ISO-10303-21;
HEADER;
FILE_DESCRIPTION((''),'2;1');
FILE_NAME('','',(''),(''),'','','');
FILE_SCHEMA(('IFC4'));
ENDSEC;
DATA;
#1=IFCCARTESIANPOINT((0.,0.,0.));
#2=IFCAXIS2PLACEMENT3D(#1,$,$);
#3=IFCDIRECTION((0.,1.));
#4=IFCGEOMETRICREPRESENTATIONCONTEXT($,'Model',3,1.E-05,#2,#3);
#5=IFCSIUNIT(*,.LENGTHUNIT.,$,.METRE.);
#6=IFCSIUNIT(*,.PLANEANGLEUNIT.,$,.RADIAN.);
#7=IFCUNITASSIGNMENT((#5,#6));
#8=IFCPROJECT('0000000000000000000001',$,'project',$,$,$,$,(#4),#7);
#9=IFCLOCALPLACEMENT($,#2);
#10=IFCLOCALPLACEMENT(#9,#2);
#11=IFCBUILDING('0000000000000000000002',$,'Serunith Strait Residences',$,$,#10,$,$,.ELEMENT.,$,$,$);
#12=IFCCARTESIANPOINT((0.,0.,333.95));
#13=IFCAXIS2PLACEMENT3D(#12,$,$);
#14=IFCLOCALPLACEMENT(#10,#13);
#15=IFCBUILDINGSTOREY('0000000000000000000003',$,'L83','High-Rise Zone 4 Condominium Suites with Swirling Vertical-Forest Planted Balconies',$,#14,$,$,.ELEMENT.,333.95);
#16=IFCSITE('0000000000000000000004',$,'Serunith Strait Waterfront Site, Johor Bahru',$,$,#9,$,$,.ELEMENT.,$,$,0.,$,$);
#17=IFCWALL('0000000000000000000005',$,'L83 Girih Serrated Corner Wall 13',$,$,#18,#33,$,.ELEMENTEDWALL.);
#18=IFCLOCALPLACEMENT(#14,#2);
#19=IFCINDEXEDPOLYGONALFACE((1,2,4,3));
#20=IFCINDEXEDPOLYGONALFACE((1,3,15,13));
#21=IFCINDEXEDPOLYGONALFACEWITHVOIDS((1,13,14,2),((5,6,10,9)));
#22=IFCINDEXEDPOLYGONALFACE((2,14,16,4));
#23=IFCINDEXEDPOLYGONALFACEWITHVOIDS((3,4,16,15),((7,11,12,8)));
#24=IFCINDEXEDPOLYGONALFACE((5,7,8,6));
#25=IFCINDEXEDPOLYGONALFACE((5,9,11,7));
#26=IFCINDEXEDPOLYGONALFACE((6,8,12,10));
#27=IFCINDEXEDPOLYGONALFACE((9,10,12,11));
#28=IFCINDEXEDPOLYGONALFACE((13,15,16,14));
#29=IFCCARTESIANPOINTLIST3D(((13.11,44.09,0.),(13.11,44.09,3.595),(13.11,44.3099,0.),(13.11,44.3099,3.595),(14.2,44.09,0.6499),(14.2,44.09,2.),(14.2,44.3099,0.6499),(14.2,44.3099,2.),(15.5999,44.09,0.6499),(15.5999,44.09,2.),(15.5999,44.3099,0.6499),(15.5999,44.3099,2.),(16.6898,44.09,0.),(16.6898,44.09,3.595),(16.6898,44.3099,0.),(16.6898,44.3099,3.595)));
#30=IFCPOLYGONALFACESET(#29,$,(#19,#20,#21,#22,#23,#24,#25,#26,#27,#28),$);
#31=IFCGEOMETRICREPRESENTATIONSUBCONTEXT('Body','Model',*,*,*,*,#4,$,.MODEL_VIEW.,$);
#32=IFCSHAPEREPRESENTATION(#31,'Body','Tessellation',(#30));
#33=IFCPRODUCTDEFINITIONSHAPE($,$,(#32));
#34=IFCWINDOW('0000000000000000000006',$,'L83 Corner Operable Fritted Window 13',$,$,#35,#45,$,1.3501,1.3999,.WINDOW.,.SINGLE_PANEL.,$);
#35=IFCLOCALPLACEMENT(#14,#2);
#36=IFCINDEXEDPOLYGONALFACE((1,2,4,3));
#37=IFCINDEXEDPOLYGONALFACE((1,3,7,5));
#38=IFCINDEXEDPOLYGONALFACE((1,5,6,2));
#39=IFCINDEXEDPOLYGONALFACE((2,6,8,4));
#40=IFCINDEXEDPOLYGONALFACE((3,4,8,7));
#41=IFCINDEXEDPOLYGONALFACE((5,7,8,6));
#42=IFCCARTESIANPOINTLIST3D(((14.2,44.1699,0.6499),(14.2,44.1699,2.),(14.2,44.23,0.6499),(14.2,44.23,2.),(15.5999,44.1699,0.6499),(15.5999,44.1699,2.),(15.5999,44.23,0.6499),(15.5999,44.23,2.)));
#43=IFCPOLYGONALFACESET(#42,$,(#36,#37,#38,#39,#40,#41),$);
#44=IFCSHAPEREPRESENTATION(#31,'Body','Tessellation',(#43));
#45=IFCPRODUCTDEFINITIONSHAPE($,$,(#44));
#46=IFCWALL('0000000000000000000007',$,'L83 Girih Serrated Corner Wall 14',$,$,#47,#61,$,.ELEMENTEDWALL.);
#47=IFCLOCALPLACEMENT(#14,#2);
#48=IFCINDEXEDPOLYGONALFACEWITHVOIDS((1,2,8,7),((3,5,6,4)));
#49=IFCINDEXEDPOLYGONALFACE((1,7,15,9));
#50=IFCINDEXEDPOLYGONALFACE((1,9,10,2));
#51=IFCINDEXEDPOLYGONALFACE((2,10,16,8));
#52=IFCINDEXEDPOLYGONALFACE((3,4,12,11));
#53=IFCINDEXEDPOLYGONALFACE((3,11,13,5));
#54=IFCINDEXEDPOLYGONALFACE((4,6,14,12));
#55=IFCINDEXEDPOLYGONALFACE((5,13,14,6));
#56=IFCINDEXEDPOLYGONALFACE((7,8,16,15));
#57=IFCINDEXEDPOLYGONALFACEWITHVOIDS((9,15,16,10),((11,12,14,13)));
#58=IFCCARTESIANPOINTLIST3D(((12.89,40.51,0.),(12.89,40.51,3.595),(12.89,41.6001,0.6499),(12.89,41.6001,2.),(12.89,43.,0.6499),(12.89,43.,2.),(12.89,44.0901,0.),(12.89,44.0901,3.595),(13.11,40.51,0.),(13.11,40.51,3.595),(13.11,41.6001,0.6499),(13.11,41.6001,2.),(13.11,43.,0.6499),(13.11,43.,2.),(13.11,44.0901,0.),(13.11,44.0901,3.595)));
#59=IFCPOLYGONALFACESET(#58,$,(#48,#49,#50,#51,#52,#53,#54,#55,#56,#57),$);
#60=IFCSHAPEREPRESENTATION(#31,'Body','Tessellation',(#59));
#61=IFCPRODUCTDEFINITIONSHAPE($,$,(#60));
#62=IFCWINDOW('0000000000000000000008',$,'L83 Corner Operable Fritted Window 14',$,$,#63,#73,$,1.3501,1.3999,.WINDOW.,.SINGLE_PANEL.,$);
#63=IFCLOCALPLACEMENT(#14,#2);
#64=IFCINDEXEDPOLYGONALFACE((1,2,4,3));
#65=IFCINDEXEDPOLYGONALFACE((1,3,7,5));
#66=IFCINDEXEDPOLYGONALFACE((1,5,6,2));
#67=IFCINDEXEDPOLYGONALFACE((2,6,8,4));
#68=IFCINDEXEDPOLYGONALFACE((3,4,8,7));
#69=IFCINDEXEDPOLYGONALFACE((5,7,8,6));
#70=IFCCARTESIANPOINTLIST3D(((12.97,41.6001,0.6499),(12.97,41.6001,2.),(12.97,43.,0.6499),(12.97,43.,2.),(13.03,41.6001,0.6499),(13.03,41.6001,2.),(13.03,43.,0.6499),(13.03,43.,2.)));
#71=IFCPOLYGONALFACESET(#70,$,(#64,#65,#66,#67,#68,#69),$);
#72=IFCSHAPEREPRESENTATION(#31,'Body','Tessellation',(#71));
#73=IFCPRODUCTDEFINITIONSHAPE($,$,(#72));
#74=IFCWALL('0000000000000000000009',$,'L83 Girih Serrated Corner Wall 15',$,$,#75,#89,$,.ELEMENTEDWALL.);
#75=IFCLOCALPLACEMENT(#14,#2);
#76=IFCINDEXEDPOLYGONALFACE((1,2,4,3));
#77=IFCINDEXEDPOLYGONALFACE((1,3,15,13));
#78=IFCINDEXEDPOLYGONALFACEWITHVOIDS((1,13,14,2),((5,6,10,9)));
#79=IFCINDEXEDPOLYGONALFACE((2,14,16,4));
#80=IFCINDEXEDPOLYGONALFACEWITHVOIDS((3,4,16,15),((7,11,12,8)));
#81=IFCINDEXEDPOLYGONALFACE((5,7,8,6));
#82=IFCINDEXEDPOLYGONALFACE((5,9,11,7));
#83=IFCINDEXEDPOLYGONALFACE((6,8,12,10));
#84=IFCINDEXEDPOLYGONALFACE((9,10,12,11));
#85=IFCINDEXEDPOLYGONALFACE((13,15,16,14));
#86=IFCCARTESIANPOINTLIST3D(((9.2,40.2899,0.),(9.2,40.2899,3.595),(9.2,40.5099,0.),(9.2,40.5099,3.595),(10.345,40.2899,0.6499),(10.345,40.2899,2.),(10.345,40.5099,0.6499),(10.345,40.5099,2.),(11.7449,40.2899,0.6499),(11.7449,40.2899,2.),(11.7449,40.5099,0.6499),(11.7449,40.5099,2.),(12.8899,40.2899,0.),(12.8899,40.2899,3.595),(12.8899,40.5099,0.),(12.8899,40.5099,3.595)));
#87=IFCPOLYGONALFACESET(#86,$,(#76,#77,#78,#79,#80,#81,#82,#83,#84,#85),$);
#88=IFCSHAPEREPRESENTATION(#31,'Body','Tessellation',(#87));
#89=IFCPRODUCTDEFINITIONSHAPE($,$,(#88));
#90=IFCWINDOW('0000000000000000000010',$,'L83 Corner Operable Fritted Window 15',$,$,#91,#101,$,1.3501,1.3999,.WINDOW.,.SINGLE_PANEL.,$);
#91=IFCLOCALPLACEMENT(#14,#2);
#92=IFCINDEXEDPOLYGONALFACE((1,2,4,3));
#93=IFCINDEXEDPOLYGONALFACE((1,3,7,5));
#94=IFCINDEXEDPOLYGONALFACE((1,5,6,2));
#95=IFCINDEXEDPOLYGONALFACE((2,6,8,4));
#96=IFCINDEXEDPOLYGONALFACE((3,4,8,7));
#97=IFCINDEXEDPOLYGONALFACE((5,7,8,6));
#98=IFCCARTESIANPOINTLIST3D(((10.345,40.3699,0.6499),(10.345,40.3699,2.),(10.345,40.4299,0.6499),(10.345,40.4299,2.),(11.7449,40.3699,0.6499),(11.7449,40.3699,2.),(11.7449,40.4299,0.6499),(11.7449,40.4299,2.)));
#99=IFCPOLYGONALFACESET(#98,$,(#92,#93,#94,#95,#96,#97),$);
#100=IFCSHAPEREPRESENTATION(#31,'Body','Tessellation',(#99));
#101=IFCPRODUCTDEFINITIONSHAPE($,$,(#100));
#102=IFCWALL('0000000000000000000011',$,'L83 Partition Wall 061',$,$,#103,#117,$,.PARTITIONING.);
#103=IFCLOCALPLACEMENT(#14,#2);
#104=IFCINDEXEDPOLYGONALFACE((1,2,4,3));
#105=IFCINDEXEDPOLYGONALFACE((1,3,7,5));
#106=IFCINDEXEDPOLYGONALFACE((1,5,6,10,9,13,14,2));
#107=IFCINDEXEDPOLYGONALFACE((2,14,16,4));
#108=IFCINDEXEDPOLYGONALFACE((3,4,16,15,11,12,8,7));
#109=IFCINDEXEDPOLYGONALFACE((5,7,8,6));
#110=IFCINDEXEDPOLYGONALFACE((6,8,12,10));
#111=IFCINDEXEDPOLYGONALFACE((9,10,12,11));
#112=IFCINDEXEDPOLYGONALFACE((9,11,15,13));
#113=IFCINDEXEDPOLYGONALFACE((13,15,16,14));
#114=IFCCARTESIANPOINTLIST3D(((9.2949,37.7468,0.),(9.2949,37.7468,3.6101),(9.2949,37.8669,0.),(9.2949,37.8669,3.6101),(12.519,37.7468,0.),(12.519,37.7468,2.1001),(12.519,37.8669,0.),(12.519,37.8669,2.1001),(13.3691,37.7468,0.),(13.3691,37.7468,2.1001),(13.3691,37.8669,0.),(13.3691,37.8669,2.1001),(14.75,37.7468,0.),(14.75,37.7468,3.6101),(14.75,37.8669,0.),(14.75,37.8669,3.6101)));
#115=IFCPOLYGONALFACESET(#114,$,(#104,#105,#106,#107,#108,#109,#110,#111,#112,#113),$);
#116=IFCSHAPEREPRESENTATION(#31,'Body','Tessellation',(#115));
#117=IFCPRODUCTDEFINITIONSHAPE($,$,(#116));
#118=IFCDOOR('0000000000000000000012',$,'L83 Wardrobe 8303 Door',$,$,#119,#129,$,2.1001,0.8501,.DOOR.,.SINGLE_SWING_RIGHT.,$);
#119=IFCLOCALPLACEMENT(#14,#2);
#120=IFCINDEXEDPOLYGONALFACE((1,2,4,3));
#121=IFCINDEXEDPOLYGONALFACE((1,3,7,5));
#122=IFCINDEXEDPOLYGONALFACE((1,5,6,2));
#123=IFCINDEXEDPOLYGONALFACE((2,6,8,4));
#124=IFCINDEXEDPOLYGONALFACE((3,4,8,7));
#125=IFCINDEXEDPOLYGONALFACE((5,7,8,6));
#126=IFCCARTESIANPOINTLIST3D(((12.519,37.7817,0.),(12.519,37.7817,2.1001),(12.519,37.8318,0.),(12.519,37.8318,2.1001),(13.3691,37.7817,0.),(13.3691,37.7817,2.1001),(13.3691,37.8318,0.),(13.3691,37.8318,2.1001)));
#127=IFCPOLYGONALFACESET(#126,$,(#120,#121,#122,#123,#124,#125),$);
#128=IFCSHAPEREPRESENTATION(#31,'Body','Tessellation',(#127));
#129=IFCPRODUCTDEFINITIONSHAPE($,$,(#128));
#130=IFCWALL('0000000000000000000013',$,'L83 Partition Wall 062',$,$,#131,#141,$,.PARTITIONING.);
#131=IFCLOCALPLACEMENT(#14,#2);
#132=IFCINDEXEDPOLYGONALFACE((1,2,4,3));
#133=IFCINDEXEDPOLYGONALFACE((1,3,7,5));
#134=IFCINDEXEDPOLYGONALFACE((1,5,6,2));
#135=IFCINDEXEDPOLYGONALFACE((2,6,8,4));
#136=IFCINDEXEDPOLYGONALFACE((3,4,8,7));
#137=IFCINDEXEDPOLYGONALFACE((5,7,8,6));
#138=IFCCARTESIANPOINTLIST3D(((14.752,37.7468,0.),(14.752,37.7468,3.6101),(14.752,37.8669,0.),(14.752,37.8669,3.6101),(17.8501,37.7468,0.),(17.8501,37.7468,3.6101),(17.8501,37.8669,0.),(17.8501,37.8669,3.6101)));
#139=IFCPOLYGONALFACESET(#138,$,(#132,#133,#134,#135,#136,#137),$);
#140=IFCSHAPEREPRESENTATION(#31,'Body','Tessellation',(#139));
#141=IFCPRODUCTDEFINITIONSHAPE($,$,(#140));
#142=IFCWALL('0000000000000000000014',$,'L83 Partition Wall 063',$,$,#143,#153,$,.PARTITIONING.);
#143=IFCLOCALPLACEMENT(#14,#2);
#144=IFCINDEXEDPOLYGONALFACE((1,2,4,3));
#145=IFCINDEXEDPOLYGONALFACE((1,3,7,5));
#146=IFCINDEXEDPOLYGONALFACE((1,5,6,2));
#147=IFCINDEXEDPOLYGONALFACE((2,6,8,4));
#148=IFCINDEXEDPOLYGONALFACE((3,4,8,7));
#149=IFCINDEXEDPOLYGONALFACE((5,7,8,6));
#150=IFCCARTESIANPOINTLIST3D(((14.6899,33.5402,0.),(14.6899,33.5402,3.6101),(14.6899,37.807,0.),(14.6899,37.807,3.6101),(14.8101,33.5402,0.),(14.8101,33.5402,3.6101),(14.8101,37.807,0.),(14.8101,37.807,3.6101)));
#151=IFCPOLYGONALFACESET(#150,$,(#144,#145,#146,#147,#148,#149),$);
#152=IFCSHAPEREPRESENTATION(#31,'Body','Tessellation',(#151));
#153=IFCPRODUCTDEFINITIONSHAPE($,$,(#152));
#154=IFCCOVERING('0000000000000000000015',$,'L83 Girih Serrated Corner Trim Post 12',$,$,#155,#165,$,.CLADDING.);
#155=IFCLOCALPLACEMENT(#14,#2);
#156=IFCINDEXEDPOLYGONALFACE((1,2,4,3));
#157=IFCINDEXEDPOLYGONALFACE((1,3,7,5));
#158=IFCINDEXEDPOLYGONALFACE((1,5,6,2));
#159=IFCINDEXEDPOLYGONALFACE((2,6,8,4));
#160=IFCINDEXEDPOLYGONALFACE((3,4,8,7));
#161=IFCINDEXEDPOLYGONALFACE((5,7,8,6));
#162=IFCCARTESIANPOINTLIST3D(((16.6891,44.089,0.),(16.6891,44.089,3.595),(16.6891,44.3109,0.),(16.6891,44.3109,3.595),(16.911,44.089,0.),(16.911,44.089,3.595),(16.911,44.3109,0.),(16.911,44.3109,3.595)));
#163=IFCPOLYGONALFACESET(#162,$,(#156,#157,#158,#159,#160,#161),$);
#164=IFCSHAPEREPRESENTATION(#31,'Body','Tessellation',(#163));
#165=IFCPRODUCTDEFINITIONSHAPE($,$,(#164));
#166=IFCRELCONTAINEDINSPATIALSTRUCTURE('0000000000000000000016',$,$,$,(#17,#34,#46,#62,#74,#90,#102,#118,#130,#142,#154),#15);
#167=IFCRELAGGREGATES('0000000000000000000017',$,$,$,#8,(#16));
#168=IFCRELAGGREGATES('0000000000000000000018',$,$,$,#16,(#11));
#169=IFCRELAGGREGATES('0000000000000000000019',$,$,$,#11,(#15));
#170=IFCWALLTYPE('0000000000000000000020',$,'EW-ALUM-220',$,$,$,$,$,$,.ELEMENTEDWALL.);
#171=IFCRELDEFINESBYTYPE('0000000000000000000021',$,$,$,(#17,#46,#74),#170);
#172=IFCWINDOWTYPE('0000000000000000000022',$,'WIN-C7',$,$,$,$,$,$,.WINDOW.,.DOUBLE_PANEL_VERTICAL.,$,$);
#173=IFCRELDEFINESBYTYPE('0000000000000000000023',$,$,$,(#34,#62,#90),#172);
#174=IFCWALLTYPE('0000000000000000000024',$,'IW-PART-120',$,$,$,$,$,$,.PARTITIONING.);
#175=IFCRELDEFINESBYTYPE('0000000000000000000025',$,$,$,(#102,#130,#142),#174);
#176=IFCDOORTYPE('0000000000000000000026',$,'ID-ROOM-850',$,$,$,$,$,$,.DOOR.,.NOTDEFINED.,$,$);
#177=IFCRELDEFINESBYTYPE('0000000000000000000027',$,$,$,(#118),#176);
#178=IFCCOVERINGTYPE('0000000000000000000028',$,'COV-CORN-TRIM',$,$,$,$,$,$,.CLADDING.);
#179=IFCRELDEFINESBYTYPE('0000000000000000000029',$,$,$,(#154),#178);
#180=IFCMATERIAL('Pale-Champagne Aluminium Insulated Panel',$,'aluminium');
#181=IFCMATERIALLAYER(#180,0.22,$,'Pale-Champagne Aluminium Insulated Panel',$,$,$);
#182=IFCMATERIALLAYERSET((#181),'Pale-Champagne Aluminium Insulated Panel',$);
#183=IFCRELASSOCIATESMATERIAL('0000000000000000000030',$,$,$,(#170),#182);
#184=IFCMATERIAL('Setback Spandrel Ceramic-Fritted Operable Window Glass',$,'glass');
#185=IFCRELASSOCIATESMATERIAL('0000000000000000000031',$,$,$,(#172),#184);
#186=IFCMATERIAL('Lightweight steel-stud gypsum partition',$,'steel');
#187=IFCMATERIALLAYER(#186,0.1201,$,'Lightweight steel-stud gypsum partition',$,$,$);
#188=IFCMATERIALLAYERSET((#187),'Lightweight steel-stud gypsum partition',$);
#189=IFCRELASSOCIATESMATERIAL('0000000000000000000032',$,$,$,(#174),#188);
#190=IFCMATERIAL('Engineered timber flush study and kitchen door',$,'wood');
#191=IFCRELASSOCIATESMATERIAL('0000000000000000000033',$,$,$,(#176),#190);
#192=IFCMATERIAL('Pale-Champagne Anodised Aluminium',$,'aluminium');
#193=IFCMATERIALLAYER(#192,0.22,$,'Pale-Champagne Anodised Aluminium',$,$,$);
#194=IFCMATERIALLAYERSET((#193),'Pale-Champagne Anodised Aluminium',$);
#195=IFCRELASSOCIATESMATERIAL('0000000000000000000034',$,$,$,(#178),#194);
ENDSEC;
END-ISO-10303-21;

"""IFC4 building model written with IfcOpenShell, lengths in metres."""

from ifc_helpers import new_model, si_unit, direction, frame, frame_2d, origin, origin_2d, place, context, subcontext, project, spatial, rectangle, extrude, source, transform, mapped, material, layer, layer_set, type_object, element, fill, save


model = new_model("IFC4")

# Units and contexts
model_context = context("Model", 3, precision=1e-05, world=origin(), true_north=direction((0.0, 1.0)))
body_context = subcontext(model_context, "Body", "Model", "MODEL_VIEW")
ifc_project = project(units=[si_unit("LENGTHUNIT", "METRE"), si_unit("PLANEANGLEUNIT", "RADIAN")], contexts=[model_context])

# Site, building, storey
site_placement = place(None, origin())
site = spatial("IfcSite", under=ifc_project, at=site_placement, Name="Serunith Strait Waterfront Site, Johor Bahru", CompositionType="ELEMENT", RefElevation=0.0)
building_placement = place(site_placement, origin())
building = spatial("IfcBuilding", under=site, at=building_placement, Name="Serunith Strait Residences", CompositionType="ELEMENT")
storey_placement = place(building_placement, frame((0.0, 0.0, 333.95)))
storey = spatial("IfcBuildingStorey", under=building, at=storey_placement, Name="L83", Description="High-Rise Zone 4 Condominium Suites with Swirling Vertical-Forest Planted Balconies", CompositionType="ELEMENT", Elevation=333.95)

# Walls, openings, windows
ifc_material_1 = material(Name="Pale-Champagne Aluminium Insulated Panel", Category="aluminium")
ifc_layer_1 = layer(ifc_material_1, 0.22, Name="Pale-Champagne Aluminium Insulated Panel")
ifc_layer_set_1 = layer_set([ifc_layer_1], Name="Pale-Champagne Aluminium Insulated Panel")
wall_type_1 = type_object("IfcWallType", Name="EW-ALUM-220", PredefinedType="ELEMENTEDWALL", material=ifc_layer_set_1)
ifc_material_2 = material(Name="Setback Spandrel Ceramic-Fritted Operable Window Glass", Category="glass")
window_type = type_object("IfcWindowType", Name="WIN-C7", PartitioningType="DOUBLE_PANEL_VERTICAL", PredefinedType="WINDOW", material=ifc_material_2)
shared_shape_1 = source(origin(), body_context, "Body", "SweptSolid", [
    extrude(rectangle(XDim=1.3999, YDim=1.3501, at=frame_2d((0.7, 0.675))), frame((0.0, 0.03, 0.0), z_axis=(0.0, -1.0, 0.0), x_axis=(1.0, 0.0, 0.0)), (0.0, 0.0, 1.0), 0.0601),
])
wall_1_placement = place(storey_placement, frame((16.6899, 44.2, 0.0), z_axis=(0.0, 0.0, 1.0), x_axis=(-1.0, 0.0, 0.0)))
wall_1 = element("IfcWall", 1, at=wall_1_placement, inside=storey, type_object=wall_type_1, Name="L83 Girih Serrated Corner Wall 13", PredefinedType="ELEMENTEDWALL", context=body_context, shape_type="SweptSolid", body=[
    extrude(rectangle(XDim=3.5798, YDim=0.22, at=frame_2d((1.79, 0.0))), origin(), (0.0, 0.0, 1.0), 3.595),
])
opening_1_placement = place(wall_1_placement, frame((1.0901, 0.0, 0.6499)))
opening_1 = element("IfcOpeningElement", 2, at=opening_1_placement, cuts=wall_1, PredefinedType="OPENING", context=body_context, shape_type="SweptSolid", body=[
    extrude(rectangle(XDim=1.3999, YDim=1.3501, at=frame_2d((0.7, 0.675))), frame((0.0, 0.1201, 0.0), z_axis=(0.0, -1.0, 0.0), x_axis=(1.0, 0.0, 0.0)), (0.0, 0.0, 1.0), 0.24),
])
window_1_placement = place(opening_1_placement, origin())
window_1 = element("IfcWindow", 3, at=window_1_placement, inside=storey, type_object=window_type, Name="L83 Corner Operable Fritted Window 13", OverallHeight=1.3501, OverallWidth=1.3999, PartitioningType="SINGLE_PANEL", PredefinedType="WINDOW", context=body_context, shape_type="MappedRepresentation", body=[
    mapped(shared_shape_1, transform((0.0, 0.0, 0.0), scale=1.0)),
])
fill(opening_1, window_1)
wall_2_placement = place(storey_placement, frame((13.0, 44.0901, 0.0), z_axis=(0.0, 0.0, 1.0), x_axis=(0.0, -1.0, 0.0)))
wall_2 = element("IfcWall", 4, at=wall_2_placement, inside=storey, type_object=wall_type_1, Name="L83 Girih Serrated Corner Wall 14", PredefinedType="ELEMENTEDWALL", context=body_context, shape_type="SweptSolid", body=[
    extrude(rectangle(XDim=3.5801, YDim=0.22, at=frame_2d((1.79, 0.0))), origin(), (0.0, 0.0, 1.0), 3.595),
])
opening_2_placement = place(wall_2_placement, frame((1.0901, 0.0, 0.6499)))
opening_2 = element("IfcOpeningElement", 5, at=opening_2_placement, cuts=wall_2, PredefinedType="OPENING", context=body_context, shape_type="SweptSolid", body=[
    extrude(rectangle(XDim=1.3999, YDim=1.3501, at=frame_2d((0.7, 0.675))), frame((0.0, 0.1201, 0.0), z_axis=(0.0, -1.0, 0.0), x_axis=(1.0, 0.0, 0.0)), (0.0, 0.0, 1.0), 0.24),
])
window_2_placement = place(opening_2_placement, origin())
window_2 = element("IfcWindow", 6, at=window_2_placement, inside=storey, type_object=window_type, Name="L83 Corner Operable Fritted Window 14", OverallHeight=1.3501, OverallWidth=1.3999, PartitioningType="SINGLE_PANEL", PredefinedType="WINDOW", context=body_context, shape_type="MappedRepresentation", body=[
    mapped(shared_shape_1, transform((0.0, 0.0, 0.0), scale=1.0)),
])
fill(opening_2, window_2)
wall_3_placement = place(storey_placement, frame((12.8899, 40.3999, 0.0), z_axis=(0.0, 0.0, 1.0), x_axis=(-1.0, 0.0, 0.0)))
wall_3 = element("IfcWall", 7, at=wall_3_placement, inside=storey, type_object=wall_type_1, Name="L83 Girih Serrated Corner Wall 15", PredefinedType="ELEMENTEDWALL", context=body_context, shape_type="SweptSolid", body=[
    extrude(rectangle(XDim=3.6899, YDim=0.22, at=frame_2d((1.845, 0.0))), origin(), (0.0, 0.0, 1.0), 3.595),
])
opening_3_placement = place(wall_3_placement, frame((1.145, 0.0, 0.6499)))
opening_3 = element("IfcOpeningElement", 8, at=opening_3_placement, cuts=wall_3, PredefinedType="OPENING", context=body_context, shape_type="SweptSolid", body=[
    extrude(rectangle(XDim=1.3999, YDim=1.3501, at=frame_2d((0.7, 0.675))), frame((0.0, 0.1201, 0.0), z_axis=(0.0, -1.0, 0.0), x_axis=(1.0, 0.0, 0.0)), (0.0, 0.0, 1.0), 0.24),
])
window_3_placement = place(opening_3_placement, origin())
window_3 = element("IfcWindow", 9, at=window_3_placement, inside=storey, type_object=window_type, Name="L83 Corner Operable Fritted Window 15", OverallHeight=1.3501, OverallWidth=1.3999, PartitioningType="SINGLE_PANEL", PredefinedType="WINDOW", context=body_context, shape_type="MappedRepresentation", body=[
    mapped(shared_shape_1, transform((0.0, 0.0, 0.0), scale=1.0)),
])
fill(opening_3, window_3)

# Wall, opening, door
ifc_material_3 = material(Name="Lightweight steel-stud gypsum partition", Category="steel")
ifc_layer_2 = layer(ifc_material_3, 0.1201, Name="Lightweight steel-stud gypsum partition")
ifc_layer_set_2 = layer_set([ifc_layer_2], Name="Lightweight steel-stud gypsum partition")
wall_type_2 = type_object("IfcWallType", Name="IW-PART-120", PredefinedType="PARTITIONING", material=ifc_layer_set_2)
wall_4_placement = place(storey_placement, frame((9.2949, 37.8069, 0.0), z_axis=(0.0, 0.0, 1.0), x_axis=(1.0, 0.0, 0.0)))
wall_4 = element("IfcWall", 10, at=wall_4_placement, inside=storey, type_object=wall_type_2, Name="L83 Partition Wall 061", PredefinedType="PARTITIONING", context=body_context, shape_type="SweptSolid", body=[
    extrude(rectangle(XDim=5.4551, YDim=0.1201, at=frame_2d((2.7275, 0.0))), origin(), (0.0, 0.0, 1.0), 3.6101),
])
opening_4_placement = place(wall_4_placement, frame((3.2241, 0.0, 0.0)))
opening_4 = element("IfcOpeningElement", 11, at=opening_4_placement, cuts=wall_4, PredefinedType="OPENING", context=body_context, shape_type="SweptSolid", body=[
    extrude(rectangle(XDim=0.8501, YDim=2.1001, at=frame_2d((0.425, 1.05))), frame((0.0, 0.0701, 0.0), z_axis=(0.0, -1.0, 0.0), x_axis=(1.0, 0.0, 0.0)), (0.0, 0.0, 1.0), 0.1401),
])
ifc_material_4 = material(Name="Engineered timber flush study and kitchen door", Category="wood")
door_type = type_object("IfcDoorType", Name="ID-ROOM-850", OperationType="NOTDEFINED", PredefinedType="DOOR", material=ifc_material_4)
shared_shape_2 = source(origin(), body_context, "Body", "SweptSolid", [
    extrude(rectangle(XDim=0.8501, YDim=2.1001, at=frame_2d((0.425, 1.05))), frame((0.0, 0.0249, 0.0), z_axis=(0.0, -1.0, 0.0), x_axis=(1.0, 0.0, 0.0)), (0.0, 0.0, 1.0), 0.05),
])
door_placement = place(opening_4_placement, origin())
door = element("IfcDoor", 12, at=door_placement, inside=storey, type_object=door_type, Name="L83 Wardrobe 8303 Door", OperationType="SINGLE_SWING_RIGHT", OverallHeight=2.1001, OverallWidth=0.8501, PredefinedType="DOOR", context=body_context, shape_type="MappedRepresentation", body=[
    mapped(shared_shape_2, transform((0.0, 0.0, 0.0), scale=1.0)),
])
fill(opening_4, door)

# Walls
wall_5_placement = place(storey_placement, frame((14.752, 37.8069, 0.0), z_axis=(0.0, 0.0, 1.0), x_axis=(1.0, 0.0, 0.0)))
element("IfcWall", 13, at=wall_5_placement, inside=storey, type_object=wall_type_2, Name="L83 Partition Wall 062", PredefinedType="PARTITIONING", context=body_context, shape_type="SweptSolid", body=[
    extrude(rectangle(XDim=3.0981, YDim=0.1201, at=frame_2d((1.5491, 0.0))), origin(), (0.0, 0.0, 1.0), 3.6101),
])
wall_6_placement = place(storey_placement, frame((14.75, 37.8069, 0.0), z_axis=(0.0, 0.0, 1.0), x_axis=(0.0, -1.0, 0.0)))
element("IfcWall", 14, at=wall_6_placement, inside=storey, type_object=wall_type_2, Name="L83 Partition Wall 063", PredefinedType="PARTITIONING", context=body_context, shape_type="SweptSolid", body=[
    extrude(rectangle(XDim=4.2668, YDim=0.1201, at=frame_2d((2.1333, 0.0))), origin(), (0.0, 0.0, 1.0), 3.6101),
])

# Covering
ifc_material_5 = material(Name="Pale-Champagne Anodised Aluminium", Category="aluminium")
ifc_layer_3 = layer(ifc_material_5, 0.22, Name="Pale-Champagne Anodised Aluminium")
ifc_layer_set_3 = layer_set([ifc_layer_3], Name="Pale-Champagne Anodised Aluminium")
covering_type = type_object("IfcCoveringType", Name="COV-CORN-TRIM", PredefinedType="CLADDING", material=ifc_layer_set_3)
shared_shape_3 = source(origin(), body_context, "Body", "SweptSolid", [
    extrude(rectangle(XDim=0.2219, YDim=0.2219, at=origin_2d()), origin(), (0.0, 0.0, 1.0), 3.595),
])
for number, where, z_axis, x_axis, name in (
    (15, (16.8, 44.2, 0.0), (0.0, 0.0, 1.0), (1.0, 0.0, 0.0), "L83 Girih Serrated Corner Trim Post 12"),
):
    element("IfcCovering", number, at=place(storey_placement, frame(where, z_axis=z_axis, x_axis=x_axis)), inside=storey, type_object=covering_type, Name=name, PredefinedType="CLADDING", context=body_context, shape_type="MappedRepresentation", body=[
        mapped(shared_shape_3, transform((0.0, 0.0, 0.0), scale=1.0)),
    ])

save(model, "model.ifc")
